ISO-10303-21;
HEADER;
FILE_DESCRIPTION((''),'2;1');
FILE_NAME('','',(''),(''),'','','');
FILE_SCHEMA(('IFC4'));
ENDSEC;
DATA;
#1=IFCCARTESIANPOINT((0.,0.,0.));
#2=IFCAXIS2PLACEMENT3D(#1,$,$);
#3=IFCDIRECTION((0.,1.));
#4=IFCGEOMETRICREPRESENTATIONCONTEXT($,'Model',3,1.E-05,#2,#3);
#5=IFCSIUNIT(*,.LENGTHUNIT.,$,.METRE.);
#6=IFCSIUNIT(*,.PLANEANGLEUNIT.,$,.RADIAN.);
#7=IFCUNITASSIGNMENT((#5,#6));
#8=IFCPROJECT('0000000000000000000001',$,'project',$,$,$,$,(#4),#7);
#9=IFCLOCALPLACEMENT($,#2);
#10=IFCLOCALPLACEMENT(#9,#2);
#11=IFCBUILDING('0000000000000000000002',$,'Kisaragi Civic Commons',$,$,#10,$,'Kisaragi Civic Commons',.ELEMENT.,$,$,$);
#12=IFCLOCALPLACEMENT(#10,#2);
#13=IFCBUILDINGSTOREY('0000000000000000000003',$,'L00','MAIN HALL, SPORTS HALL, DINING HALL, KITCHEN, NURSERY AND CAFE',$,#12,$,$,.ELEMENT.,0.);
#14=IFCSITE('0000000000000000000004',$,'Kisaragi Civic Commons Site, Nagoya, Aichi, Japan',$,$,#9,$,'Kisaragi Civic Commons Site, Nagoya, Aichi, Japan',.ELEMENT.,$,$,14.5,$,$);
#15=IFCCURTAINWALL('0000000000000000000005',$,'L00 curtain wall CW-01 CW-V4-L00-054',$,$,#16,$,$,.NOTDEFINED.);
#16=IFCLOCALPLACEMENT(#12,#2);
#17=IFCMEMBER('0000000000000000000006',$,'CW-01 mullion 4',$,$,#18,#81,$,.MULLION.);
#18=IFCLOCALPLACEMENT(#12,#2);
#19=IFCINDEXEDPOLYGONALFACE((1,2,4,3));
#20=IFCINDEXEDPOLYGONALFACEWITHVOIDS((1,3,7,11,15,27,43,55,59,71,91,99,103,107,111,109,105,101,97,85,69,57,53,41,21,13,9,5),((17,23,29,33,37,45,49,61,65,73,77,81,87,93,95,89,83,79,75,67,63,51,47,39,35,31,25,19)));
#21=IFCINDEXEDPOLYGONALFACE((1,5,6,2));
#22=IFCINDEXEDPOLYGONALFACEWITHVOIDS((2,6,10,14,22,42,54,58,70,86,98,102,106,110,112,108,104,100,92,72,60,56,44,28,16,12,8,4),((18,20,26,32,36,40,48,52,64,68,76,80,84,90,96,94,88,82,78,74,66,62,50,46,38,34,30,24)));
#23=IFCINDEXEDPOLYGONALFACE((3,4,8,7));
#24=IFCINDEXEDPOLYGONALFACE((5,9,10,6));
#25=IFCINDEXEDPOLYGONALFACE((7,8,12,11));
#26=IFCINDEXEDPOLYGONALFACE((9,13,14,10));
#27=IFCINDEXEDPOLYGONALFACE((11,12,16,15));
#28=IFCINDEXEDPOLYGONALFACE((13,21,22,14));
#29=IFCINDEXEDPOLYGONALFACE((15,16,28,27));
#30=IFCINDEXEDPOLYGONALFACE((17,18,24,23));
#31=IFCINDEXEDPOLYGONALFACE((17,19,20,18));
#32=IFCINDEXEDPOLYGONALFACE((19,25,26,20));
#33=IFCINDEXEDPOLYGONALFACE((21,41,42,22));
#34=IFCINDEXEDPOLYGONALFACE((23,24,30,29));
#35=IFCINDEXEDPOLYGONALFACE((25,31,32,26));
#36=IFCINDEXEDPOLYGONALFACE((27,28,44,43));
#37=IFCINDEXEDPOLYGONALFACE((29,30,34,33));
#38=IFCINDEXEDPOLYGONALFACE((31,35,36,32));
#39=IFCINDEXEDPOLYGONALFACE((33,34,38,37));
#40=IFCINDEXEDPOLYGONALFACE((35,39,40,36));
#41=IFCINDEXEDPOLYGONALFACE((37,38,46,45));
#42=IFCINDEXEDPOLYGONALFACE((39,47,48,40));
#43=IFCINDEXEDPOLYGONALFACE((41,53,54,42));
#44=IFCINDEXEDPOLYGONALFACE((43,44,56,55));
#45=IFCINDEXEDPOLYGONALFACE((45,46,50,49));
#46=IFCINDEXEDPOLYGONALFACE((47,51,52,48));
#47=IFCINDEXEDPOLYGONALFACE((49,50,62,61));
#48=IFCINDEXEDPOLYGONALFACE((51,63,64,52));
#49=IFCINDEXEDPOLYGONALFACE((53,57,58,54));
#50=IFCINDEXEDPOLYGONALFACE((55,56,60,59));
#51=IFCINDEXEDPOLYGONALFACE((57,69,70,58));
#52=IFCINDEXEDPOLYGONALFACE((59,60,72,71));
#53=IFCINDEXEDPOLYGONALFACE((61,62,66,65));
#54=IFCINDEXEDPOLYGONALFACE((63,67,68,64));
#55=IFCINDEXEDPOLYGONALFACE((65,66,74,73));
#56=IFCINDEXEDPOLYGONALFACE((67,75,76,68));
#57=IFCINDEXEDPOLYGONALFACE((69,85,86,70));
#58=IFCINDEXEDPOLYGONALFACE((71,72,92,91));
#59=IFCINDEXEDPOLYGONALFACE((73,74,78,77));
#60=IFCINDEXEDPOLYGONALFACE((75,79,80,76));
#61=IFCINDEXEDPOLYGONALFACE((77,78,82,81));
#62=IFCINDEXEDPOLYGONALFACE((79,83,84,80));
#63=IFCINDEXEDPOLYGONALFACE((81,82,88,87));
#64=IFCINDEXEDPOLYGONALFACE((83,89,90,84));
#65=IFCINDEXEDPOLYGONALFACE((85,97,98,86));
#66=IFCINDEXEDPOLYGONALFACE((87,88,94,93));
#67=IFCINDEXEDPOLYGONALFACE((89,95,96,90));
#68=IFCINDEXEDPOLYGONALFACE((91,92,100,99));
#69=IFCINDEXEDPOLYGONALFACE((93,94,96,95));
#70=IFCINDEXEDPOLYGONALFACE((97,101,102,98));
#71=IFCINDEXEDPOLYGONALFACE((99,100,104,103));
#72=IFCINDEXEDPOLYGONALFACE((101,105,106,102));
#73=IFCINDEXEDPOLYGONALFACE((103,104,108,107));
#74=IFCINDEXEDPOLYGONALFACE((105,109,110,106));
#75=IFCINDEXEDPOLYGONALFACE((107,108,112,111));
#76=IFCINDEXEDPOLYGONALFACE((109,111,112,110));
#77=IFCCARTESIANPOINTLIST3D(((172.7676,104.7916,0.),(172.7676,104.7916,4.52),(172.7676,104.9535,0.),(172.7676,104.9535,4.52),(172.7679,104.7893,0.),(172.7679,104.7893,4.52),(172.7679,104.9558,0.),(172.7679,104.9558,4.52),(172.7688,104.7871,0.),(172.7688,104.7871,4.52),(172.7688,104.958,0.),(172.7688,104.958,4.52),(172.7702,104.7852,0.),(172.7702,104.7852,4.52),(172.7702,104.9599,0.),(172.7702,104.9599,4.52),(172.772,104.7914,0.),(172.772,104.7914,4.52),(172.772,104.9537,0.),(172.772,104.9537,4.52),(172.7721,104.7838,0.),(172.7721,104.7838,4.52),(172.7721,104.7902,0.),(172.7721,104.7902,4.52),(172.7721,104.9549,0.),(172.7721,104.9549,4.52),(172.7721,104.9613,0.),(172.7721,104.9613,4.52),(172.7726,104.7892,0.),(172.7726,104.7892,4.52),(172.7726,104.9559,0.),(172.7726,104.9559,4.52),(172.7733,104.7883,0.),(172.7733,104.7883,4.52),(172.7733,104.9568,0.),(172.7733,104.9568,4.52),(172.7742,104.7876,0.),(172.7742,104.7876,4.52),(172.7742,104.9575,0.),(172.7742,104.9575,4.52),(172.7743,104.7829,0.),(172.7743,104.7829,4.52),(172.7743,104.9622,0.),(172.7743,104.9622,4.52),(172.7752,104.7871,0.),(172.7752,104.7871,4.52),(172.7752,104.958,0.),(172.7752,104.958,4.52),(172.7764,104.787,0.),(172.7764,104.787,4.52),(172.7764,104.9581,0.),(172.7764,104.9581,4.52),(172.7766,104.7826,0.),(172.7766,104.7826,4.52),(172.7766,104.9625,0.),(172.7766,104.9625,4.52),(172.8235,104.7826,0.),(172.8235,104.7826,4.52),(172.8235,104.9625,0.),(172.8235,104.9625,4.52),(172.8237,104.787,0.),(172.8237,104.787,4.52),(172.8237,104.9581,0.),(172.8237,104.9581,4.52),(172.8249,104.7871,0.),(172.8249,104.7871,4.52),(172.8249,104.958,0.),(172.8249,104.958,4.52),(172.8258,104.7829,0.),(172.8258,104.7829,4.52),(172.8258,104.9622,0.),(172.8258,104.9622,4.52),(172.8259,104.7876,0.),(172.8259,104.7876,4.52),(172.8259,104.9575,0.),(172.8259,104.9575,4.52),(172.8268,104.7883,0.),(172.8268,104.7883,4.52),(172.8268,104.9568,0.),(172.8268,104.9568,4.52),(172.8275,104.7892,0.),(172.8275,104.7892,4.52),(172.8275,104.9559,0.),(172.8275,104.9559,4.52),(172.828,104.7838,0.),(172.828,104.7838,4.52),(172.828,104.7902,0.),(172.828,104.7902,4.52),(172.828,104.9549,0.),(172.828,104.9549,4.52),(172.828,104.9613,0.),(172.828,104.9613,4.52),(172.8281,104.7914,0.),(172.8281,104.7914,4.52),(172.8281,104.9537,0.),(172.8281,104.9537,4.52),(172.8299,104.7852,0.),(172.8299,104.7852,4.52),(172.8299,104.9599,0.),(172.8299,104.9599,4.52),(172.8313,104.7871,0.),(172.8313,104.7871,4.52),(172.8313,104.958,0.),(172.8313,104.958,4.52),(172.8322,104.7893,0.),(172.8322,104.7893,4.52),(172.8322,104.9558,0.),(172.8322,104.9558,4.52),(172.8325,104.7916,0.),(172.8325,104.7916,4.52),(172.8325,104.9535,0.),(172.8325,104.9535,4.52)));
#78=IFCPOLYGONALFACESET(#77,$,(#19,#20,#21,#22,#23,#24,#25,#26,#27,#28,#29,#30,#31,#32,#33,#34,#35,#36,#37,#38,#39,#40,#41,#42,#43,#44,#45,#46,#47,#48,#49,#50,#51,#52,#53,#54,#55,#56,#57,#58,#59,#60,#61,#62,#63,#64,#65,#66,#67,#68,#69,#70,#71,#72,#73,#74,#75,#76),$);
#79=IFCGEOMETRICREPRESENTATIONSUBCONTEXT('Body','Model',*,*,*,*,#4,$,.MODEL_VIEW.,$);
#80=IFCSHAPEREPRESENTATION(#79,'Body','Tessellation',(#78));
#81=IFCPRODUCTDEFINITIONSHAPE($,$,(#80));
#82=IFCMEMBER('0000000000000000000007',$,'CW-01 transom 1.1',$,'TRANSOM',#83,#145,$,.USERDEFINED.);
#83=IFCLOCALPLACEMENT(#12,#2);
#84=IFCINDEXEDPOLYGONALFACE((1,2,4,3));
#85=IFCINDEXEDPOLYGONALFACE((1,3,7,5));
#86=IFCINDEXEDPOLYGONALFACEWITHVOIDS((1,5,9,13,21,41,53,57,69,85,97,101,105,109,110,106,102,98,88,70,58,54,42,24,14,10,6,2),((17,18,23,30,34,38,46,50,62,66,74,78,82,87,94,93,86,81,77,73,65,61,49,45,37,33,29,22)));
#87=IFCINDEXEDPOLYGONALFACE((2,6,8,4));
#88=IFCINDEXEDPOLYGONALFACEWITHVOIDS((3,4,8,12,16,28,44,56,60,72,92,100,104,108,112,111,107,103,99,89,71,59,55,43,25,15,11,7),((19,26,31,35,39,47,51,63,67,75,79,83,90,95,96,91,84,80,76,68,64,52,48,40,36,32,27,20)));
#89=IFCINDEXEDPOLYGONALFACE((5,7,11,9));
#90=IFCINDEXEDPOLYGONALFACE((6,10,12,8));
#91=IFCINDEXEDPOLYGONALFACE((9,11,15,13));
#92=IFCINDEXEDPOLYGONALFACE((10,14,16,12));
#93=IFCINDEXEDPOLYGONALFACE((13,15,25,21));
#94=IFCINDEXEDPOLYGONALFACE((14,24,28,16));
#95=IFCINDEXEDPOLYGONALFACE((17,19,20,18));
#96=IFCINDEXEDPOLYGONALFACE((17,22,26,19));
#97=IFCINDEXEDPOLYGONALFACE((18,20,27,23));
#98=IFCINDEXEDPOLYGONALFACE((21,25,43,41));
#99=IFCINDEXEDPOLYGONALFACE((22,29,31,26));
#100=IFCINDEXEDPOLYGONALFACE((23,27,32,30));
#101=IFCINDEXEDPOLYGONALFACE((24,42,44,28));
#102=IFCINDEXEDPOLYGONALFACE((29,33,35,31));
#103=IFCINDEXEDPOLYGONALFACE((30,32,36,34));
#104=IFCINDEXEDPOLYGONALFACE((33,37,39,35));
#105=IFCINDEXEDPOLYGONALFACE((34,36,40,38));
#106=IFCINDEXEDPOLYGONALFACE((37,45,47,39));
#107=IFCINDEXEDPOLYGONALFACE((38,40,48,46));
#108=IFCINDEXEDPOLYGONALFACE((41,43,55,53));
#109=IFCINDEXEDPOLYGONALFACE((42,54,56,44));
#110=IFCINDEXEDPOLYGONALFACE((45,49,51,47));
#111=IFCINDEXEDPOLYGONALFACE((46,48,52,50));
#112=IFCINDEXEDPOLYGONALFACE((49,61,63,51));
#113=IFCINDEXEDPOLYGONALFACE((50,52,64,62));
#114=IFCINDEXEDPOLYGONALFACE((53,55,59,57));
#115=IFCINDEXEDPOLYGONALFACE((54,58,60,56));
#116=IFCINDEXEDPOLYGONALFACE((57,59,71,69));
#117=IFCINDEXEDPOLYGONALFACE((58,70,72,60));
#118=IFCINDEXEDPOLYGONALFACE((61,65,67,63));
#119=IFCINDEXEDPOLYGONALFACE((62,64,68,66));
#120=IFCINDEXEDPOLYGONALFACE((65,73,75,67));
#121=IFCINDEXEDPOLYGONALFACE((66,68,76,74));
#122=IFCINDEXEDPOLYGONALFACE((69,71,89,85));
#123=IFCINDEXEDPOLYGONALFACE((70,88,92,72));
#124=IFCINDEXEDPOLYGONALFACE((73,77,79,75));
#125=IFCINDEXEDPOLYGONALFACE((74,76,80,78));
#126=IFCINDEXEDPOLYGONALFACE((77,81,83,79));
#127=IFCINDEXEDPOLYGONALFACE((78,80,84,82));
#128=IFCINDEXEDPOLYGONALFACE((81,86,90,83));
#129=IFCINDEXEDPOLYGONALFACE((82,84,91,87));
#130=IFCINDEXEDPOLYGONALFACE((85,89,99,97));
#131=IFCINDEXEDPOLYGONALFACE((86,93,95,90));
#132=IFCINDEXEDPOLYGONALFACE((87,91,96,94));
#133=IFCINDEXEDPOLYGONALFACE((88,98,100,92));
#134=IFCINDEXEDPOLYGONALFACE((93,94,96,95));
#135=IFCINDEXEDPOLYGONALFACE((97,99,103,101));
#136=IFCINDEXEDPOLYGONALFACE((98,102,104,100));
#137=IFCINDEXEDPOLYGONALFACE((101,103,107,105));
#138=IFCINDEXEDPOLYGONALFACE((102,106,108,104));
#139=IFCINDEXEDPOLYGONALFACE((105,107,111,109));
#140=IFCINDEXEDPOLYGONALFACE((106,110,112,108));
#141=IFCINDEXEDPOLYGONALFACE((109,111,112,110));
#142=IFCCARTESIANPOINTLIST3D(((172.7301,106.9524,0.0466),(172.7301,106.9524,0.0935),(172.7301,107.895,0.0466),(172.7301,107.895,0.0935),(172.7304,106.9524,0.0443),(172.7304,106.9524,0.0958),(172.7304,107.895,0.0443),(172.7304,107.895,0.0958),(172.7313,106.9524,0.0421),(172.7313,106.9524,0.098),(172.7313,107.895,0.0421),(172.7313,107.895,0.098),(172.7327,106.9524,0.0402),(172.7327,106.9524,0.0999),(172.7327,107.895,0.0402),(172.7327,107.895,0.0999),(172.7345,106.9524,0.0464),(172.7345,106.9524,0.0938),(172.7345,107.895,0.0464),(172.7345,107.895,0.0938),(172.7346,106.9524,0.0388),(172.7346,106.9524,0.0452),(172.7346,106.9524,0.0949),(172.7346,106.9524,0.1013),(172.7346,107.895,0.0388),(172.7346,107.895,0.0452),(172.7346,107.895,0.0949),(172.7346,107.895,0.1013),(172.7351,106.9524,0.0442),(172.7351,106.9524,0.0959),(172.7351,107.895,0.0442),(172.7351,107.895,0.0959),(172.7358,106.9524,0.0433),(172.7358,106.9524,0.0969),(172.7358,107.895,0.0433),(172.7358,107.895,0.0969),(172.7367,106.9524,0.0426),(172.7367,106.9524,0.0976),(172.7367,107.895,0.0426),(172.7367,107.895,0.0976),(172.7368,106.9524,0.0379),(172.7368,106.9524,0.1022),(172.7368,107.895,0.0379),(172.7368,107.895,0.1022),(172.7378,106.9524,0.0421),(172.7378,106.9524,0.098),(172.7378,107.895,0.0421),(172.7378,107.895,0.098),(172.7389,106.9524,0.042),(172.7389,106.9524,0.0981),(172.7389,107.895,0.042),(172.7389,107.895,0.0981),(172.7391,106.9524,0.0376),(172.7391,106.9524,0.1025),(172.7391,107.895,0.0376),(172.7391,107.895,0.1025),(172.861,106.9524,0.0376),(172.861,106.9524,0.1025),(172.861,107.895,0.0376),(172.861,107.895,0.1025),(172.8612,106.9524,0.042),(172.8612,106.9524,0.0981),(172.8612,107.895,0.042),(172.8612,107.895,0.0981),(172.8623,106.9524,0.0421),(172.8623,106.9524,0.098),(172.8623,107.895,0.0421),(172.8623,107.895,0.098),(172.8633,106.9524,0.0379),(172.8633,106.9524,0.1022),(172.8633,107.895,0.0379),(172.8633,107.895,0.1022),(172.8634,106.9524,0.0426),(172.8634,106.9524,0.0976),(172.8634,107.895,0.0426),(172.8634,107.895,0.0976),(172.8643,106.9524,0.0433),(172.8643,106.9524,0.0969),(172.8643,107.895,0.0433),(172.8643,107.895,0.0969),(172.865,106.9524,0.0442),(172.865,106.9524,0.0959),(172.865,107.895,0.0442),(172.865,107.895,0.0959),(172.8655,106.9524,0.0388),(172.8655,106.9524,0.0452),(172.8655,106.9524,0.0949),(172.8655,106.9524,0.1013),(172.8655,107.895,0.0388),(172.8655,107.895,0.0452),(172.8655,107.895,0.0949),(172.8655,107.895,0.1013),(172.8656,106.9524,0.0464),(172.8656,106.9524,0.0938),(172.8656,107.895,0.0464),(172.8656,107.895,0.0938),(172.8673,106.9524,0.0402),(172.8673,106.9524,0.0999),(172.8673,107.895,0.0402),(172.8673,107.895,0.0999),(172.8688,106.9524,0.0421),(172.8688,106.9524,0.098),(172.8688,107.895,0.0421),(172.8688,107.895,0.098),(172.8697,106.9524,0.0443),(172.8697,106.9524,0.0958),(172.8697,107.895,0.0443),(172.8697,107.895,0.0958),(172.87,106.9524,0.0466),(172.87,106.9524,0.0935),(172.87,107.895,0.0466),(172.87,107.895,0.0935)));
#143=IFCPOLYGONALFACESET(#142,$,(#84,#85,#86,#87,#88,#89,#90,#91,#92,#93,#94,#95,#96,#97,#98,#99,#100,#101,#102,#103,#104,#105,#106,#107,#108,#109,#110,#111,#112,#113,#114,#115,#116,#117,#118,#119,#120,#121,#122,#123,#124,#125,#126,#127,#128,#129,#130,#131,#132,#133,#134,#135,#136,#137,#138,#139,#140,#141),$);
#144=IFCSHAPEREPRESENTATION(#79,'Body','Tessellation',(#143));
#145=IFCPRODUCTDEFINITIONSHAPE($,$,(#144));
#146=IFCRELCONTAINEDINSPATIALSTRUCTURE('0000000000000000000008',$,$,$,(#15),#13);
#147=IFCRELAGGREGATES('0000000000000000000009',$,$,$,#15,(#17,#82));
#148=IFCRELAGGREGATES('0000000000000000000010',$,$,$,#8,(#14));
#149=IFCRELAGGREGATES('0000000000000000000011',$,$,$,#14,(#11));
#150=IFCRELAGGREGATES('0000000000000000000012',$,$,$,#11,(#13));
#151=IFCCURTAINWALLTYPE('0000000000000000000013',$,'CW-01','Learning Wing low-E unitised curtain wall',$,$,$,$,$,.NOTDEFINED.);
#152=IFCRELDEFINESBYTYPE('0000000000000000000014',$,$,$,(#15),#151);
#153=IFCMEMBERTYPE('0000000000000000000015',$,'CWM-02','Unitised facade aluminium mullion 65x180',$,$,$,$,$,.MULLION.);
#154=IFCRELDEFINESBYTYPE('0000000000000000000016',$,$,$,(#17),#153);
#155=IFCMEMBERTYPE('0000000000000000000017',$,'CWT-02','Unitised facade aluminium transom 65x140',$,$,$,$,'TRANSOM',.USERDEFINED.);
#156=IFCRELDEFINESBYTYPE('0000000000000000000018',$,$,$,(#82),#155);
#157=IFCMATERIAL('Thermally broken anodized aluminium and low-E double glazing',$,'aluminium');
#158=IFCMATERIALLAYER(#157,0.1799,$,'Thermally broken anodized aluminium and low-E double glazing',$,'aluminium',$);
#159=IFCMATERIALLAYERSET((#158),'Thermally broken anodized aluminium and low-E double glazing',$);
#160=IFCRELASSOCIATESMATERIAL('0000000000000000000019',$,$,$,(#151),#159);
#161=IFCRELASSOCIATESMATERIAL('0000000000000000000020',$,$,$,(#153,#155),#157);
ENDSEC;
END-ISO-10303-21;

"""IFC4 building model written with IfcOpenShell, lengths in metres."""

from ifc_helpers import new_model, si_unit, direction, frame, origin, origin_2d, place, context, subcontext, project, spatial, hollow_rectangle, extrude, material, layer, layer_set, material_profile, profile_set, type_object, element, aggregate, save


model = new_model("IFC4")

# Units and contexts
model_context = context("Model", 3, precision=1e-05, world=origin(), true_north=direction((0.0, 1.0)))
body_context = subcontext(model_context, "Body", "Model", "MODEL_VIEW")
ifc_project = project(units=[si_unit("LENGTHUNIT", "METRE"), si_unit("PLANEANGLEUNIT", "RADIAN")], contexts=[model_context])

# Site, building, storey
site_placement = place(None, origin())
site = spatial("IfcSite", under=ifc_project, at=site_placement, Name="Kisaragi Civic Commons Site, Nagoya, Aichi, Japan", LongName="Kisaragi Civic Commons Site, Nagoya, Aichi, Japan", CompositionType="ELEMENT", RefElevation=14.5)
building_placement = place(site_placement, origin())
building = spatial("IfcBuilding", under=site, at=building_placement, Name="Kisaragi Civic Commons", LongName="Kisaragi Civic Commons", CompositionType="ELEMENT")
storey_placement = place(building_placement, origin())
storey = spatial("IfcBuildingStorey", under=building, at=storey_placement, Name="L00", Description="MAIN HALL, SPORTS HALL, DINING HALL, KITCHEN, NURSERY AND CAFE", CompositionType="ELEMENT", Elevation=0.0)

# Shared definitions
ifc_material_1 = material(Name="Thermally broken anodized aluminium and low-E double glazing", Category="aluminium")
ifc_layer_1 = layer(ifc_material_1, 0.1799, Name="Thermally broken anodized aluminium and low-E double glazing", Category="aluminium")
ifc_layer_set_1 = layer_set([ifc_layer_1], Name="Thermally broken anodized aluminium and low-E double glazing")
curtain_wall_type = type_object("IfcCurtainWallType", Name="CW-01", Description="Learning Wing low-E unitised curtain wall", PredefinedType="NOTDEFINED", material=ifc_layer_set_1)
ifc_material_profile_1 = material_profile(ifc_material_1, hollow_rectangle(XDim=0.0649, YDim=0.1799, WallThickness=0.0044, InnerFilletRadius=0.0044, OuterFilletRadius=0.009, at=origin_2d()), Name="CWM-65x180x4.5", Category="aluminium")
ifc_profile_set_1 = profile_set([ifc_material_profile_1], Name="Thermally broken anodized aluminium and low-E double glazing")
member_type_1 = type_object("IfcMemberType", Name="CWM-02", Description="Unitised facade aluminium mullion 65x180", PredefinedType="MULLION", material=ifc_profile_set_1)

# Curtain wall, members
curtain_wall_1_placement = place(storey_placement, origin())
curtain_wall_1 = element("IfcCurtainWall", 1, at=curtain_wall_1_placement, inside=storey, type_object=curtain_wall_type, Name="L00 curtain wall CW-01 CW-V4-L00-054", PredefinedType="NOTDEFINED")
member_1_placement = place(storey_placement, frame((172.8, 104.8726, 0.0), z_axis=(0.0, 0.0, 1.0), x_axis=(1.0, 0.0, 0.0)))
member_1 = element("IfcMember", 2, at=member_1_placement, type_object=member_type_1, Name="CW-01 mullion 4", PredefinedType="MULLION", context=body_context, shape_type="SweptSolid", body=[
    extrude(hollow_rectangle(XDim=0.0649, YDim=0.1799, WallThickness=0.0044, InnerFilletRadius=0.0044, OuterFilletRadius=0.009, at=origin_2d()), origin(), (0.0, 0.0, 1.0), 4.52),
])
ifc_material_profile_2 = material_profile(ifc_material_1, hollow_rectangle(XDim=0.1399, YDim=0.0649, WallThickness=0.0044, InnerFilletRadius=0.0044, OuterFilletRadius=0.009, at=origin_2d()), Name="CWT-65x140x4.5", Category="aluminium")
ifc_profile_set_2 = profile_set([ifc_material_profile_2], Name="Thermally broken anodized aluminium and low-E double glazing")
member_type_2 = type_object("IfcMemberType", Name="CWT-02", Description="Unitised facade aluminium transom 65x140", ElementType="TRANSOM", PredefinedType="USERDEFINED", material=ifc_profile_set_2)
member_2_placement = place(storey_placement, frame((172.8, 107.895, 0.0701), z_axis=(0.0, -1.0, 0.0), x_axis=(1.0, 0.0, 0.0)))
member_2 = element("IfcMember", 3, at=member_2_placement, type_object=member_type_2, Name="CW-01 transom 1.1", ObjectType="TRANSOM", PredefinedType="USERDEFINED", context=body_context, shape_type="SweptSolid", body=[
    extrude(hollow_rectangle(XDim=0.1399, YDim=0.0649, WallThickness=0.0044, InnerFilletRadius=0.0044, OuterFilletRadius=0.009, at=origin_2d()), origin(), (0.0, 0.0, 1.0), 0.9426),
])

aggregate(curtain_wall_1, [member_1, member_2])

save(model, "model.ifc")
